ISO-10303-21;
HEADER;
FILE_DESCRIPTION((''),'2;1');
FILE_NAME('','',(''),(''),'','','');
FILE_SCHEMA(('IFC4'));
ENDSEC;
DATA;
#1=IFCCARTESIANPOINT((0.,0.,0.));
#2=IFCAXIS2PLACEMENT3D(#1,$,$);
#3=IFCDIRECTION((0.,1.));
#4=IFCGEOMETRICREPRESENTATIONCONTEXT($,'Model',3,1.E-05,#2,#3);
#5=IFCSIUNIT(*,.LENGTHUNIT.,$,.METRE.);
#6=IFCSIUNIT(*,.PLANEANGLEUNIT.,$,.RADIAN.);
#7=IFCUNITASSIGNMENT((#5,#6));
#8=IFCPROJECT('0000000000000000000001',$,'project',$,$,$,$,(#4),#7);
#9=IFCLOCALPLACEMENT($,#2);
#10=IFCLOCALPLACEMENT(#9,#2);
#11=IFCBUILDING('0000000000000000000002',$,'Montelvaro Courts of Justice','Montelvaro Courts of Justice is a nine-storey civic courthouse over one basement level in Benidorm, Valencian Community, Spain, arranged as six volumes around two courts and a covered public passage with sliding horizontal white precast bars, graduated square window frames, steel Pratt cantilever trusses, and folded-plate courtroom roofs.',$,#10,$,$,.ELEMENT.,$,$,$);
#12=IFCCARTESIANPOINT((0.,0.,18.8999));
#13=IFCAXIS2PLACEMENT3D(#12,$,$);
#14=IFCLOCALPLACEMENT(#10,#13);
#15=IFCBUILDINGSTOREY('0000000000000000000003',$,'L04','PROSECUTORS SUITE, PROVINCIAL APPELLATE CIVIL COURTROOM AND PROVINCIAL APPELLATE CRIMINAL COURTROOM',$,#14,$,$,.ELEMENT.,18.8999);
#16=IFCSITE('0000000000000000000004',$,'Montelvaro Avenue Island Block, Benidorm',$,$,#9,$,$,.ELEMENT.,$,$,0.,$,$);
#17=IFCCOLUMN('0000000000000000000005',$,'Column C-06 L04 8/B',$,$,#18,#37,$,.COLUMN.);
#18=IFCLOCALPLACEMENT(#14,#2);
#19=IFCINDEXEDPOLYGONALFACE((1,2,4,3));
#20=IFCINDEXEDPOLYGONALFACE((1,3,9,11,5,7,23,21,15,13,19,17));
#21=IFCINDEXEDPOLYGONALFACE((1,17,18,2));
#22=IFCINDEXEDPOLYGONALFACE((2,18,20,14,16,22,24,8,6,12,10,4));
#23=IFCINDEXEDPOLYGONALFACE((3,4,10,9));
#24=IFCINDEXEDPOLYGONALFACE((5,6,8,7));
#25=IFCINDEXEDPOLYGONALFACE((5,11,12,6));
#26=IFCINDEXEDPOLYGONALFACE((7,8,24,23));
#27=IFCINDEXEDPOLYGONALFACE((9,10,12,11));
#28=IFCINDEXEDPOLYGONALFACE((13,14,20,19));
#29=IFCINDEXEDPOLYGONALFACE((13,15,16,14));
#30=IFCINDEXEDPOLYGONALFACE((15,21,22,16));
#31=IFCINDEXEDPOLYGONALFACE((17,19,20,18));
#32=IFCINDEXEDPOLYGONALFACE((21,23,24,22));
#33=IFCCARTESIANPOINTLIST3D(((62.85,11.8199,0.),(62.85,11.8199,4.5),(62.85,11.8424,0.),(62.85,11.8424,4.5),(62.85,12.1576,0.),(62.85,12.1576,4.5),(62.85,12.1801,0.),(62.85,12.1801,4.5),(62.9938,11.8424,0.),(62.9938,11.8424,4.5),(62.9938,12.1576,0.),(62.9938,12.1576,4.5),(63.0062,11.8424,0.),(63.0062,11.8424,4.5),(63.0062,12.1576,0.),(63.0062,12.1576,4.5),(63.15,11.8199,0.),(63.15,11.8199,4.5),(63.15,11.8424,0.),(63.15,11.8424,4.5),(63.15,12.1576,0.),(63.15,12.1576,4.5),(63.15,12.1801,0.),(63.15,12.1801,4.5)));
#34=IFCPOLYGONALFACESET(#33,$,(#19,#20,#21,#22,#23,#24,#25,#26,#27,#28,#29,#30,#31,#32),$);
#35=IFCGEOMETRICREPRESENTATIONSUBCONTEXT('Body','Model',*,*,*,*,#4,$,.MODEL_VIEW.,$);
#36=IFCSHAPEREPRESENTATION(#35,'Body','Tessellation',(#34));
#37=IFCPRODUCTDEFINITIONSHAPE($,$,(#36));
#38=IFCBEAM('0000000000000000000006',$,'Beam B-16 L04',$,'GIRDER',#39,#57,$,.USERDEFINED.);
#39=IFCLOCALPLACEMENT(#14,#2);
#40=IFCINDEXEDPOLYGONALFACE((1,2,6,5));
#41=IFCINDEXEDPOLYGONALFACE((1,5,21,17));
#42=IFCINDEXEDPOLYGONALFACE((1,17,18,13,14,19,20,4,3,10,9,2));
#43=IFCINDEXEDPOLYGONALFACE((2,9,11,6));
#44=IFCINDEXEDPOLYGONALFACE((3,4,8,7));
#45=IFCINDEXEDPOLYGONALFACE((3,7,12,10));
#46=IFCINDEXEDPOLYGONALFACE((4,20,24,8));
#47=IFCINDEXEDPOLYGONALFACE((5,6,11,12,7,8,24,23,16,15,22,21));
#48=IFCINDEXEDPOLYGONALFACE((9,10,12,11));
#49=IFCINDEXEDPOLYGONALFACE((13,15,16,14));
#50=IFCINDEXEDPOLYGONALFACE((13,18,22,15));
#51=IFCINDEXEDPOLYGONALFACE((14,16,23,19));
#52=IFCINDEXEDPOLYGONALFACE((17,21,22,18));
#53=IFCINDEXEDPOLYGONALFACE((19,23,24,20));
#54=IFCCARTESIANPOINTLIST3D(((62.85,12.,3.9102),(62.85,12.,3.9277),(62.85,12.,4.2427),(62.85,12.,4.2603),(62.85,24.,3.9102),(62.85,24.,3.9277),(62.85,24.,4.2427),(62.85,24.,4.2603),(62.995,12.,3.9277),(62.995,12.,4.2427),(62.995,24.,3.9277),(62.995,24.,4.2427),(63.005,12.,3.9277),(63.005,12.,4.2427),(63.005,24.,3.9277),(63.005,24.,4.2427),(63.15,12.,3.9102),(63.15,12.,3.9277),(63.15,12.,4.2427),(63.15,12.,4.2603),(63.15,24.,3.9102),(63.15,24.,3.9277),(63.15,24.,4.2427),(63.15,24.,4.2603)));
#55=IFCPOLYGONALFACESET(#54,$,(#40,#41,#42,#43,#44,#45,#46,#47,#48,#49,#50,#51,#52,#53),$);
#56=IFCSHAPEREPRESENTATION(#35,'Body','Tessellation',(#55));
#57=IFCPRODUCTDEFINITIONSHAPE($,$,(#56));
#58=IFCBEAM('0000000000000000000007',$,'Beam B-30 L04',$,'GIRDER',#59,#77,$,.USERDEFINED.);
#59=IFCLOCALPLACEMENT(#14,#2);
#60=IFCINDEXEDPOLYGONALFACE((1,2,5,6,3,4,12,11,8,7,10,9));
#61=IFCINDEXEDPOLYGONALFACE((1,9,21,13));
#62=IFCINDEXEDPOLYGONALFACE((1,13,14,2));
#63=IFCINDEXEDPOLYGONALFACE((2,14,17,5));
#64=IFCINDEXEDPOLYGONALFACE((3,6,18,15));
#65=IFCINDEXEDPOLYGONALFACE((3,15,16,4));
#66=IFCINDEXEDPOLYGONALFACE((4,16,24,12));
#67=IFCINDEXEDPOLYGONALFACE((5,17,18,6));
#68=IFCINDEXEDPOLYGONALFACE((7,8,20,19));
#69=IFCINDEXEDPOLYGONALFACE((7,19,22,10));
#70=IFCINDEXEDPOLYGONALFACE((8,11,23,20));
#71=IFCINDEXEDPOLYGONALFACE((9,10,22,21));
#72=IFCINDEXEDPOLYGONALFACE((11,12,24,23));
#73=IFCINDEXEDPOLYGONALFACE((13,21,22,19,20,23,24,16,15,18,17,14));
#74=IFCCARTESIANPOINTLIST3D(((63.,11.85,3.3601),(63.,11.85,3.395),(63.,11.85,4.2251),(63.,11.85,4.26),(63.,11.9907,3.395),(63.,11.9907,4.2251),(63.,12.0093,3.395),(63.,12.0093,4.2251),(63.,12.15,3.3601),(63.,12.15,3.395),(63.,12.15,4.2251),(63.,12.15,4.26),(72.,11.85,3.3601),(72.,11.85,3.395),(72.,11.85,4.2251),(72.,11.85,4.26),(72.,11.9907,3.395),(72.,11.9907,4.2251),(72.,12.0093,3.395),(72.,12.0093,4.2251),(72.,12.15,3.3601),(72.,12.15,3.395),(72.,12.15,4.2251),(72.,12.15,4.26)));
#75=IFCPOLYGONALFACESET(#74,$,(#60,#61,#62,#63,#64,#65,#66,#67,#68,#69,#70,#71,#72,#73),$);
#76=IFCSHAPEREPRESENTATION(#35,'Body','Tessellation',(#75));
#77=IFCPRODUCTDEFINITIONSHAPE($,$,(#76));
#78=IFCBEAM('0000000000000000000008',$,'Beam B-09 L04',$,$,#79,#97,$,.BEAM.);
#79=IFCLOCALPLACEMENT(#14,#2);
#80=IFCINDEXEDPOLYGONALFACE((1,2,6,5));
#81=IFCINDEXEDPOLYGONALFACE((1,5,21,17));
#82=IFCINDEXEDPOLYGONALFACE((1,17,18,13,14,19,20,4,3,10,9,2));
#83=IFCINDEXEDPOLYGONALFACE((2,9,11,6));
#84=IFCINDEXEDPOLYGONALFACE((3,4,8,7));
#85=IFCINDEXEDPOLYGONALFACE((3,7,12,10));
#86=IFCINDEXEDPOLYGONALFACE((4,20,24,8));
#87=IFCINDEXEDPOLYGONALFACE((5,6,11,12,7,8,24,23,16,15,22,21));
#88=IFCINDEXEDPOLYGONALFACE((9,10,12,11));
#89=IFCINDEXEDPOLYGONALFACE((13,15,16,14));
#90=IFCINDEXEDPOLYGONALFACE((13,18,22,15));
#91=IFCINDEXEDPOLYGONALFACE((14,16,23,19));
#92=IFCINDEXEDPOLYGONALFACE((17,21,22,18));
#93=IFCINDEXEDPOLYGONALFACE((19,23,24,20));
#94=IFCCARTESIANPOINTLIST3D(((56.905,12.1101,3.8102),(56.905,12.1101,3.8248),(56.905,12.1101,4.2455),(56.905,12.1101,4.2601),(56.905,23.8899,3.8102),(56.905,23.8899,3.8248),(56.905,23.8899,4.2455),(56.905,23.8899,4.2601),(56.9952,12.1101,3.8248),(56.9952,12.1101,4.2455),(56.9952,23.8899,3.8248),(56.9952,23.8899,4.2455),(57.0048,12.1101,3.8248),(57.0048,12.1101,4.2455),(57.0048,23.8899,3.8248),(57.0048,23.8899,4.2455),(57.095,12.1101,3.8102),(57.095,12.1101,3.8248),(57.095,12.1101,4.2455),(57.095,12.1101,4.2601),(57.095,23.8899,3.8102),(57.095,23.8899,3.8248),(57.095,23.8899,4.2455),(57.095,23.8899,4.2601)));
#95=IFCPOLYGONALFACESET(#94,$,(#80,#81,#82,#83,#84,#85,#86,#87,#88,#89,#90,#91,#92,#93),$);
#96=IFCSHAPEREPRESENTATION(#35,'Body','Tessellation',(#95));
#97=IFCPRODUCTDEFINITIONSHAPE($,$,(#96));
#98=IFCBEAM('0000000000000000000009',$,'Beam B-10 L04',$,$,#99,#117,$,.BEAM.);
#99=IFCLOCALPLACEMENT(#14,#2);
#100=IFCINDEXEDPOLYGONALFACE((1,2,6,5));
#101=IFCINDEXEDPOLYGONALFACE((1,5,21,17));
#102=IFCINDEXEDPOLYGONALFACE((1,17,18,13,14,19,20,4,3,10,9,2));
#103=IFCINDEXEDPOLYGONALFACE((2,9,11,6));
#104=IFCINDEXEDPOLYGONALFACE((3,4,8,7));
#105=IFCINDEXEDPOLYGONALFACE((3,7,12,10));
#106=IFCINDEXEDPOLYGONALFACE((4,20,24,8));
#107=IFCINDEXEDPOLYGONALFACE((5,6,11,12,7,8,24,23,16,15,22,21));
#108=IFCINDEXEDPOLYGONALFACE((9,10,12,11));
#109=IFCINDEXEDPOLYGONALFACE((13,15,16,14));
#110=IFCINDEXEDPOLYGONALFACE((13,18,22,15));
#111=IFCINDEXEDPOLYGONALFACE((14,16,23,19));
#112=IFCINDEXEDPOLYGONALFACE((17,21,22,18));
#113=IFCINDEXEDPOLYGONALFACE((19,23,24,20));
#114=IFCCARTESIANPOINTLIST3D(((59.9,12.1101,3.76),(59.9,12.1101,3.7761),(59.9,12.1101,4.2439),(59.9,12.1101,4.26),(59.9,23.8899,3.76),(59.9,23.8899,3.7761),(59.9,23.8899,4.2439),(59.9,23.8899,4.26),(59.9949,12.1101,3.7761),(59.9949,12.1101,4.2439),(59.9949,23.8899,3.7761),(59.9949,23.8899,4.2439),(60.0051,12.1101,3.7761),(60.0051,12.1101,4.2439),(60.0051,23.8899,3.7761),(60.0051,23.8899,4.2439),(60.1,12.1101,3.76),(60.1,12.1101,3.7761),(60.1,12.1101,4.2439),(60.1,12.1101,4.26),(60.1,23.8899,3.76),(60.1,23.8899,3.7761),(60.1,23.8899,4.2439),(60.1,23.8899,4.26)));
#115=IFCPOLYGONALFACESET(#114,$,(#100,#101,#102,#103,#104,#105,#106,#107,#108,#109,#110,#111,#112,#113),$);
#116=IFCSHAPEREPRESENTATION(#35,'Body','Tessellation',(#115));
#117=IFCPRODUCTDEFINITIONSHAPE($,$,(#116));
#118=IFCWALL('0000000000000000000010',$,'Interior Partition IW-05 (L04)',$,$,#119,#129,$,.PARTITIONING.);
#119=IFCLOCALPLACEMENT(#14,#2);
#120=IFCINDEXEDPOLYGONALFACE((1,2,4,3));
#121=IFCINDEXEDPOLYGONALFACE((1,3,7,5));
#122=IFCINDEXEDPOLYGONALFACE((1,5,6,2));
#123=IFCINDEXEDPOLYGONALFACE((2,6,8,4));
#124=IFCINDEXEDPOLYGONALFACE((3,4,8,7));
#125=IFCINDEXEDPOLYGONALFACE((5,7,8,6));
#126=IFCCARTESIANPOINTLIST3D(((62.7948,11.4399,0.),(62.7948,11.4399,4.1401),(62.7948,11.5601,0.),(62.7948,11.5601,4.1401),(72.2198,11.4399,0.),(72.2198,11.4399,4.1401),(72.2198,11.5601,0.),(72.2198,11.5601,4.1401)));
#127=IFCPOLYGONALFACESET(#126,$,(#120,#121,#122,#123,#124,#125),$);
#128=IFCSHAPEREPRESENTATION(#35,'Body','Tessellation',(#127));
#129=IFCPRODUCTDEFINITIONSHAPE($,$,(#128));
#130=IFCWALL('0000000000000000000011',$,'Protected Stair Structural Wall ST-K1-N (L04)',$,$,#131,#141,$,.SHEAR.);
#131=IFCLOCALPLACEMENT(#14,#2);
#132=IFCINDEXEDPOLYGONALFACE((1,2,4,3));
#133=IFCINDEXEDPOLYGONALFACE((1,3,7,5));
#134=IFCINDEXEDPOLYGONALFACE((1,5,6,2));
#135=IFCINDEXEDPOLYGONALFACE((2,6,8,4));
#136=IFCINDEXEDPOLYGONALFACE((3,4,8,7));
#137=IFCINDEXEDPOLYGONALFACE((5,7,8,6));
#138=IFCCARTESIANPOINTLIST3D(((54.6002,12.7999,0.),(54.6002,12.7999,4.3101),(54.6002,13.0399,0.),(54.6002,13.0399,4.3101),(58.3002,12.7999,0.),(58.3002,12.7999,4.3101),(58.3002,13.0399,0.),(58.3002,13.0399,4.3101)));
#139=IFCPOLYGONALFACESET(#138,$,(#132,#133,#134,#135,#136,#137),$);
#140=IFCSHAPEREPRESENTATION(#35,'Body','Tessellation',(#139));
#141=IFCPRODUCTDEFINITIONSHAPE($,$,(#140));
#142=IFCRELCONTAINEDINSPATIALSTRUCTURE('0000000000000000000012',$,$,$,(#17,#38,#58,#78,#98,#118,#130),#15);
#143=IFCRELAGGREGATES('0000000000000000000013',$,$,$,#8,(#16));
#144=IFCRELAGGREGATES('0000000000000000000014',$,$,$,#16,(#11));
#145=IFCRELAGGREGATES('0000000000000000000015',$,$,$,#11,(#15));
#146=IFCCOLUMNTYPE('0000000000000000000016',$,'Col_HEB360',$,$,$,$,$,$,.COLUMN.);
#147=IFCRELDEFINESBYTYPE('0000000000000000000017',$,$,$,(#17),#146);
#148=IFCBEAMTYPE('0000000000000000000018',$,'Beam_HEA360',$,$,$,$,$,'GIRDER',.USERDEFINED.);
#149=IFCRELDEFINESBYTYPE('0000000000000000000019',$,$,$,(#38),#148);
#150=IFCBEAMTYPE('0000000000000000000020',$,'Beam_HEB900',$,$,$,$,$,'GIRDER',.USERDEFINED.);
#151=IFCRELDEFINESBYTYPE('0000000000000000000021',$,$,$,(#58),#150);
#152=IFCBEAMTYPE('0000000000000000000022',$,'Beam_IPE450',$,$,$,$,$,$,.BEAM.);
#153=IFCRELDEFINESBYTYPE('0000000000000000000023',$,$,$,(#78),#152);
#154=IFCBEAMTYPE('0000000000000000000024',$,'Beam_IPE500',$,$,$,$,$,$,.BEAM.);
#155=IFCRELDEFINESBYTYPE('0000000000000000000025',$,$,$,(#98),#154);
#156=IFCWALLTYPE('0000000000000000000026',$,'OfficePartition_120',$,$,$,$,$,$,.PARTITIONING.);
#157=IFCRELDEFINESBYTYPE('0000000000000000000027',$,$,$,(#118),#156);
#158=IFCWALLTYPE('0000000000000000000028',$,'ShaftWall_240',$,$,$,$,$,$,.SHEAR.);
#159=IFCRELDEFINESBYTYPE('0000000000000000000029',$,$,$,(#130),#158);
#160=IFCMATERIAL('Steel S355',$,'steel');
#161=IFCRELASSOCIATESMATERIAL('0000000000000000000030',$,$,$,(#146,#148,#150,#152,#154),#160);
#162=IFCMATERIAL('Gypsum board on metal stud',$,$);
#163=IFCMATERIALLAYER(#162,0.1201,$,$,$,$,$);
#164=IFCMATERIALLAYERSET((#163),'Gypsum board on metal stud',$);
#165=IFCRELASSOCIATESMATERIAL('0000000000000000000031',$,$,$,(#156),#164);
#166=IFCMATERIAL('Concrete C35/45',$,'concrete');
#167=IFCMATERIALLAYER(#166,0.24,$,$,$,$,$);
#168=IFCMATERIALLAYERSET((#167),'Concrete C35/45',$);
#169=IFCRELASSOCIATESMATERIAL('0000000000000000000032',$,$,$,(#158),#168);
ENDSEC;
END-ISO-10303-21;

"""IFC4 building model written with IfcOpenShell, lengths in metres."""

from ifc_helpers import new_model, si_unit, direction, frame, frame_2d, origin, origin_2d, place, context, subcontext, project, spatial, rectangle, i_section, extrude, material, layer, layer_set, material_profile, profile_set, type_object, element, save


model = new_model("IFC4")

# Units and contexts
model_context = context("Model", 3, precision=1e-05, world=origin(), true_north=direction((0.0, 1.0)))
body_context = subcontext(model_context, "Body", "Model", "MODEL_VIEW")
ifc_project = project(units=[si_unit("LENGTHUNIT", "METRE"), si_unit("PLANEANGLEUNIT", "RADIAN")], contexts=[model_context])

# Site, building, storey
site_placement = place(None, origin())
site = spatial("IfcSite", under=ifc_project, at=site_placement, Name="Montelvaro Avenue Island Block, Benidorm", CompositionType="ELEMENT", RefElevation=0.0)
building_placement = place(site_placement, origin())
building = spatial("IfcBuilding", under=site, at=building_placement, Name="Montelvaro Courts of Justice", Description="Montelvaro Courts of Justice is a nine-storey civic courthouse over one basement level in Benidorm, Valencian Community, Spain, arranged as six volumes around two courts and a covered public passage with sliding horizontal white precast bars, graduated square window frames, steel Pratt cantilever trusses, and folded-plate courtroom roofs.", CompositionType="ELEMENT")
storey_placement = place(building_placement, frame((0.0, 0.0, 18.8999)))
storey = spatial("IfcBuildingStorey", under=building, at=storey_placement, Name="L04", Description="PROSECUTORS SUITE, PROVINCIAL APPELLATE CIVIL COURTROOM AND PROVINCIAL APPELLATE CRIMINAL COURTROOM", CompositionType="ELEMENT", Elevation=18.8999)

# Column
ifc_material_1 = material(Name="Steel S355", Category="steel")
ifc_material_profile_1 = material_profile(ifc_material_1, i_section(OverallWidth=0.3, OverallDepth=0.3601, WebThickness=0.0125, FlangeThickness=0.0225, at=origin_2d()), Name="HEB 360")
ifc_profile_set_1 = profile_set([ifc_material_profile_1], Name="Steel S355")
column_type = type_object("IfcColumnType", Name="Col_HEB360", PredefinedType="COLUMN", material=ifc_profile_set_1)
column_placement = place(storey_placement, frame((63.0, 12.0, 0.0), z_axis=(0.0, 0.0, 1.0), x_axis=(1.0, 0.0, 0.0)))
element("IfcColumn", 1, at=column_placement, inside=storey, type_object=column_type, Name="Column C-06 L04 8/B", PredefinedType="COLUMN", context=body_context, shape_type="SweptSolid", body=[
    extrude(i_section(OverallWidth=0.3, OverallDepth=0.3601, WebThickness=0.0125, FlangeThickness=0.0225, at=origin_2d()), origin(), (0.0, 0.0, 1.0), 4.5),
])

# Beams
ifc_material_profile_2 = material_profile(ifc_material_1, i_section(OverallWidth=0.3, OverallDepth=0.3501, WebThickness=0.01, FlangeThickness=0.0176, at=origin_2d()), Name="HEA 360")
ifc_profile_set_2 = profile_set([ifc_material_profile_2], Name="Steel S355")
beam_type_1 = type_object("IfcBeamType", Name="Beam_HEA360", ElementType="GIRDER", PredefinedType="USERDEFINED", material=ifc_profile_set_2)
beam_1_placement = place(storey_placement, frame((63.0, 12.0, 4.0852), z_axis=(0.0, 1.0, 0.0), x_axis=(-1.0, 0.0, 0.0)))
element("IfcBeam", 2, at=beam_1_placement, inside=storey, type_object=beam_type_1, Name="Beam B-16 L04", ObjectType="GIRDER", PredefinedType="USERDEFINED", context=body_context, shape_type="SweptSolid", body=[
    extrude(i_section(OverallWidth=0.3, OverallDepth=0.3501, WebThickness=0.01, FlangeThickness=0.0176, at=origin_2d()), origin(), (0.0, 0.0, 1.0), 12.0),
])
ifc_material_profile_3 = material_profile(ifc_material_1, i_section(OverallWidth=0.3, OverallDepth=0.8999, WebThickness=0.0186, FlangeThickness=0.0349, at=origin_2d()), Name="HEB 900")
ifc_profile_set_3 = profile_set([ifc_material_profile_3], Name="Steel S355")
beam_type_2 = type_object("IfcBeamType", Name="Beam_HEB900", ElementType="GIRDER", PredefinedType="USERDEFINED", material=ifc_profile_set_3)
beam_2_placement = place(storey_placement, frame((63.0, 12.0, 3.8101), z_axis=(1.0, 0.0, 0.0), x_axis=(0.0, 1.0, 0.0)))
element("IfcBeam", 3, at=beam_2_placement, inside=storey, type_object=beam_type_2, Name="Beam B-30 L04", ObjectType="GIRDER", PredefinedType="USERDEFINED", context=body_context, shape_type="SweptSolid", body=[
    extrude(i_section(OverallWidth=0.3, OverallDepth=0.8999, WebThickness=0.0186, FlangeThickness=0.0349, at=origin_2d()), origin(), (0.0, 0.0, 1.0), 9.0),
])
ifc_material_profile_4 = material_profile(ifc_material_1, i_section(OverallWidth=0.1899, OverallDepth=0.45, WebThickness=0.0095, FlangeThickness=0.0146, at=origin_2d()), Name="IPE 450")
ifc_profile_set_4 = profile_set([ifc_material_profile_4], Name="Steel S355")
beam_type_3 = type_object("IfcBeamType", Name="Beam_IPE450", PredefinedType="BEAM", material=ifc_profile_set_4)
beam_3_placement = place(storey_placement, frame((57.0, 12.1101, 4.0352), z_axis=(0.0, 1.0, 0.0), x_axis=(-1.0, 0.0, 0.0)))
element("IfcBeam", 4, at=beam_3_placement, inside=storey, type_object=beam_type_3, Name="Beam B-09 L04", PredefinedType="BEAM", context=body_context, shape_type="SweptSolid", body=[
    extrude(i_section(OverallWidth=0.1899, OverallDepth=0.45, WebThickness=0.0095, FlangeThickness=0.0146, at=origin_2d()), origin(), (0.0, 0.0, 1.0), 11.7798),
])
ifc_material_profile_5 = material_profile(ifc_material_1, i_section(OverallWidth=0.2, OverallDepth=0.5, WebThickness=0.0103, FlangeThickness=0.0161, at=origin_2d()), Name="IPE 500")
ifc_profile_set_5 = profile_set([ifc_material_profile_5], Name="Steel S355")
beam_type_4 = type_object("IfcBeamType", Name="Beam_IPE500", PredefinedType="BEAM", material=ifc_profile_set_5)
beam_4_placement = place(storey_placement, frame((60.0, 12.1101, 4.01), z_axis=(0.0, 1.0, 0.0), x_axis=(-1.0, 0.0, 0.0)))
element("IfcBeam", 5, at=beam_4_placement, inside=storey, type_object=beam_type_4, Name="Beam B-10 L04", PredefinedType="BEAM", context=body_context, shape_type="SweptSolid", body=[
    extrude(i_section(OverallWidth=0.2, OverallDepth=0.5, WebThickness=0.0103, FlangeThickness=0.0161, at=origin_2d()), origin(), (0.0, 0.0, 1.0), 11.7798),
])

# Walls
ifc_material_2 = material(Name="Gypsum board on metal stud")
ifc_layer_1 = layer(ifc_material_2, 0.1201)
ifc_layer_set_1 = layer_set([ifc_layer_1], Name="Gypsum board on metal stud")
wall_type_1 = type_object("IfcWallType", Name="OfficePartition_120", PredefinedType="PARTITIONING", material=ifc_layer_set_1)
wall_1_placement = place(storey_placement, frame((62.7949, 11.5, 0.0), z_axis=(0.0, 0.0, 1.0), x_axis=(1.0, 0.0, 0.0)))
element("IfcWall", 6, at=wall_1_placement, inside=storey, type_object=wall_type_1, Name="Interior Partition IW-05 (L04)", PredefinedType="PARTITIONING", context=body_context, shape_type="SweptSolid", body=[
    extrude(rectangle(XDim=9.425, YDim=0.1201, at=frame_2d((4.7124, 0.0))), origin(), (0.0, 0.0, 1.0), 4.1401),
])
ifc_material_3 = material(Name="Concrete C35/45", Category="concrete")
ifc_layer_2 = layer(ifc_material_3, 0.24)
ifc_layer_set_2 = layer_set([ifc_layer_2], Name="Concrete C35/45")
wall_type_2 = type_object("IfcWallType", Name="ShaftWall_240", PredefinedType="SHEAR", material=ifc_layer_set_2)
wall_2_placement = place(storey_placement, frame((54.6001, 12.9199, 0.0), z_axis=(0.0, 0.0, 1.0), x_axis=(1.0, 0.0, 0.0)))
element("IfcWall", 7, at=wall_2_placement, inside=storey, type_object=wall_type_2, Name="Protected Stair Structural Wall ST-K1-N (L04)", PredefinedType="SHEAR", context=body_context, shape_type="SweptSolid", body=[
    extrude(rectangle(XDim=3.7, YDim=0.24, at=frame_2d((1.8501, 0.0))), origin(), (0.0, 0.0, 1.0), 4.3101),
])

save(model, "model.ifc")
